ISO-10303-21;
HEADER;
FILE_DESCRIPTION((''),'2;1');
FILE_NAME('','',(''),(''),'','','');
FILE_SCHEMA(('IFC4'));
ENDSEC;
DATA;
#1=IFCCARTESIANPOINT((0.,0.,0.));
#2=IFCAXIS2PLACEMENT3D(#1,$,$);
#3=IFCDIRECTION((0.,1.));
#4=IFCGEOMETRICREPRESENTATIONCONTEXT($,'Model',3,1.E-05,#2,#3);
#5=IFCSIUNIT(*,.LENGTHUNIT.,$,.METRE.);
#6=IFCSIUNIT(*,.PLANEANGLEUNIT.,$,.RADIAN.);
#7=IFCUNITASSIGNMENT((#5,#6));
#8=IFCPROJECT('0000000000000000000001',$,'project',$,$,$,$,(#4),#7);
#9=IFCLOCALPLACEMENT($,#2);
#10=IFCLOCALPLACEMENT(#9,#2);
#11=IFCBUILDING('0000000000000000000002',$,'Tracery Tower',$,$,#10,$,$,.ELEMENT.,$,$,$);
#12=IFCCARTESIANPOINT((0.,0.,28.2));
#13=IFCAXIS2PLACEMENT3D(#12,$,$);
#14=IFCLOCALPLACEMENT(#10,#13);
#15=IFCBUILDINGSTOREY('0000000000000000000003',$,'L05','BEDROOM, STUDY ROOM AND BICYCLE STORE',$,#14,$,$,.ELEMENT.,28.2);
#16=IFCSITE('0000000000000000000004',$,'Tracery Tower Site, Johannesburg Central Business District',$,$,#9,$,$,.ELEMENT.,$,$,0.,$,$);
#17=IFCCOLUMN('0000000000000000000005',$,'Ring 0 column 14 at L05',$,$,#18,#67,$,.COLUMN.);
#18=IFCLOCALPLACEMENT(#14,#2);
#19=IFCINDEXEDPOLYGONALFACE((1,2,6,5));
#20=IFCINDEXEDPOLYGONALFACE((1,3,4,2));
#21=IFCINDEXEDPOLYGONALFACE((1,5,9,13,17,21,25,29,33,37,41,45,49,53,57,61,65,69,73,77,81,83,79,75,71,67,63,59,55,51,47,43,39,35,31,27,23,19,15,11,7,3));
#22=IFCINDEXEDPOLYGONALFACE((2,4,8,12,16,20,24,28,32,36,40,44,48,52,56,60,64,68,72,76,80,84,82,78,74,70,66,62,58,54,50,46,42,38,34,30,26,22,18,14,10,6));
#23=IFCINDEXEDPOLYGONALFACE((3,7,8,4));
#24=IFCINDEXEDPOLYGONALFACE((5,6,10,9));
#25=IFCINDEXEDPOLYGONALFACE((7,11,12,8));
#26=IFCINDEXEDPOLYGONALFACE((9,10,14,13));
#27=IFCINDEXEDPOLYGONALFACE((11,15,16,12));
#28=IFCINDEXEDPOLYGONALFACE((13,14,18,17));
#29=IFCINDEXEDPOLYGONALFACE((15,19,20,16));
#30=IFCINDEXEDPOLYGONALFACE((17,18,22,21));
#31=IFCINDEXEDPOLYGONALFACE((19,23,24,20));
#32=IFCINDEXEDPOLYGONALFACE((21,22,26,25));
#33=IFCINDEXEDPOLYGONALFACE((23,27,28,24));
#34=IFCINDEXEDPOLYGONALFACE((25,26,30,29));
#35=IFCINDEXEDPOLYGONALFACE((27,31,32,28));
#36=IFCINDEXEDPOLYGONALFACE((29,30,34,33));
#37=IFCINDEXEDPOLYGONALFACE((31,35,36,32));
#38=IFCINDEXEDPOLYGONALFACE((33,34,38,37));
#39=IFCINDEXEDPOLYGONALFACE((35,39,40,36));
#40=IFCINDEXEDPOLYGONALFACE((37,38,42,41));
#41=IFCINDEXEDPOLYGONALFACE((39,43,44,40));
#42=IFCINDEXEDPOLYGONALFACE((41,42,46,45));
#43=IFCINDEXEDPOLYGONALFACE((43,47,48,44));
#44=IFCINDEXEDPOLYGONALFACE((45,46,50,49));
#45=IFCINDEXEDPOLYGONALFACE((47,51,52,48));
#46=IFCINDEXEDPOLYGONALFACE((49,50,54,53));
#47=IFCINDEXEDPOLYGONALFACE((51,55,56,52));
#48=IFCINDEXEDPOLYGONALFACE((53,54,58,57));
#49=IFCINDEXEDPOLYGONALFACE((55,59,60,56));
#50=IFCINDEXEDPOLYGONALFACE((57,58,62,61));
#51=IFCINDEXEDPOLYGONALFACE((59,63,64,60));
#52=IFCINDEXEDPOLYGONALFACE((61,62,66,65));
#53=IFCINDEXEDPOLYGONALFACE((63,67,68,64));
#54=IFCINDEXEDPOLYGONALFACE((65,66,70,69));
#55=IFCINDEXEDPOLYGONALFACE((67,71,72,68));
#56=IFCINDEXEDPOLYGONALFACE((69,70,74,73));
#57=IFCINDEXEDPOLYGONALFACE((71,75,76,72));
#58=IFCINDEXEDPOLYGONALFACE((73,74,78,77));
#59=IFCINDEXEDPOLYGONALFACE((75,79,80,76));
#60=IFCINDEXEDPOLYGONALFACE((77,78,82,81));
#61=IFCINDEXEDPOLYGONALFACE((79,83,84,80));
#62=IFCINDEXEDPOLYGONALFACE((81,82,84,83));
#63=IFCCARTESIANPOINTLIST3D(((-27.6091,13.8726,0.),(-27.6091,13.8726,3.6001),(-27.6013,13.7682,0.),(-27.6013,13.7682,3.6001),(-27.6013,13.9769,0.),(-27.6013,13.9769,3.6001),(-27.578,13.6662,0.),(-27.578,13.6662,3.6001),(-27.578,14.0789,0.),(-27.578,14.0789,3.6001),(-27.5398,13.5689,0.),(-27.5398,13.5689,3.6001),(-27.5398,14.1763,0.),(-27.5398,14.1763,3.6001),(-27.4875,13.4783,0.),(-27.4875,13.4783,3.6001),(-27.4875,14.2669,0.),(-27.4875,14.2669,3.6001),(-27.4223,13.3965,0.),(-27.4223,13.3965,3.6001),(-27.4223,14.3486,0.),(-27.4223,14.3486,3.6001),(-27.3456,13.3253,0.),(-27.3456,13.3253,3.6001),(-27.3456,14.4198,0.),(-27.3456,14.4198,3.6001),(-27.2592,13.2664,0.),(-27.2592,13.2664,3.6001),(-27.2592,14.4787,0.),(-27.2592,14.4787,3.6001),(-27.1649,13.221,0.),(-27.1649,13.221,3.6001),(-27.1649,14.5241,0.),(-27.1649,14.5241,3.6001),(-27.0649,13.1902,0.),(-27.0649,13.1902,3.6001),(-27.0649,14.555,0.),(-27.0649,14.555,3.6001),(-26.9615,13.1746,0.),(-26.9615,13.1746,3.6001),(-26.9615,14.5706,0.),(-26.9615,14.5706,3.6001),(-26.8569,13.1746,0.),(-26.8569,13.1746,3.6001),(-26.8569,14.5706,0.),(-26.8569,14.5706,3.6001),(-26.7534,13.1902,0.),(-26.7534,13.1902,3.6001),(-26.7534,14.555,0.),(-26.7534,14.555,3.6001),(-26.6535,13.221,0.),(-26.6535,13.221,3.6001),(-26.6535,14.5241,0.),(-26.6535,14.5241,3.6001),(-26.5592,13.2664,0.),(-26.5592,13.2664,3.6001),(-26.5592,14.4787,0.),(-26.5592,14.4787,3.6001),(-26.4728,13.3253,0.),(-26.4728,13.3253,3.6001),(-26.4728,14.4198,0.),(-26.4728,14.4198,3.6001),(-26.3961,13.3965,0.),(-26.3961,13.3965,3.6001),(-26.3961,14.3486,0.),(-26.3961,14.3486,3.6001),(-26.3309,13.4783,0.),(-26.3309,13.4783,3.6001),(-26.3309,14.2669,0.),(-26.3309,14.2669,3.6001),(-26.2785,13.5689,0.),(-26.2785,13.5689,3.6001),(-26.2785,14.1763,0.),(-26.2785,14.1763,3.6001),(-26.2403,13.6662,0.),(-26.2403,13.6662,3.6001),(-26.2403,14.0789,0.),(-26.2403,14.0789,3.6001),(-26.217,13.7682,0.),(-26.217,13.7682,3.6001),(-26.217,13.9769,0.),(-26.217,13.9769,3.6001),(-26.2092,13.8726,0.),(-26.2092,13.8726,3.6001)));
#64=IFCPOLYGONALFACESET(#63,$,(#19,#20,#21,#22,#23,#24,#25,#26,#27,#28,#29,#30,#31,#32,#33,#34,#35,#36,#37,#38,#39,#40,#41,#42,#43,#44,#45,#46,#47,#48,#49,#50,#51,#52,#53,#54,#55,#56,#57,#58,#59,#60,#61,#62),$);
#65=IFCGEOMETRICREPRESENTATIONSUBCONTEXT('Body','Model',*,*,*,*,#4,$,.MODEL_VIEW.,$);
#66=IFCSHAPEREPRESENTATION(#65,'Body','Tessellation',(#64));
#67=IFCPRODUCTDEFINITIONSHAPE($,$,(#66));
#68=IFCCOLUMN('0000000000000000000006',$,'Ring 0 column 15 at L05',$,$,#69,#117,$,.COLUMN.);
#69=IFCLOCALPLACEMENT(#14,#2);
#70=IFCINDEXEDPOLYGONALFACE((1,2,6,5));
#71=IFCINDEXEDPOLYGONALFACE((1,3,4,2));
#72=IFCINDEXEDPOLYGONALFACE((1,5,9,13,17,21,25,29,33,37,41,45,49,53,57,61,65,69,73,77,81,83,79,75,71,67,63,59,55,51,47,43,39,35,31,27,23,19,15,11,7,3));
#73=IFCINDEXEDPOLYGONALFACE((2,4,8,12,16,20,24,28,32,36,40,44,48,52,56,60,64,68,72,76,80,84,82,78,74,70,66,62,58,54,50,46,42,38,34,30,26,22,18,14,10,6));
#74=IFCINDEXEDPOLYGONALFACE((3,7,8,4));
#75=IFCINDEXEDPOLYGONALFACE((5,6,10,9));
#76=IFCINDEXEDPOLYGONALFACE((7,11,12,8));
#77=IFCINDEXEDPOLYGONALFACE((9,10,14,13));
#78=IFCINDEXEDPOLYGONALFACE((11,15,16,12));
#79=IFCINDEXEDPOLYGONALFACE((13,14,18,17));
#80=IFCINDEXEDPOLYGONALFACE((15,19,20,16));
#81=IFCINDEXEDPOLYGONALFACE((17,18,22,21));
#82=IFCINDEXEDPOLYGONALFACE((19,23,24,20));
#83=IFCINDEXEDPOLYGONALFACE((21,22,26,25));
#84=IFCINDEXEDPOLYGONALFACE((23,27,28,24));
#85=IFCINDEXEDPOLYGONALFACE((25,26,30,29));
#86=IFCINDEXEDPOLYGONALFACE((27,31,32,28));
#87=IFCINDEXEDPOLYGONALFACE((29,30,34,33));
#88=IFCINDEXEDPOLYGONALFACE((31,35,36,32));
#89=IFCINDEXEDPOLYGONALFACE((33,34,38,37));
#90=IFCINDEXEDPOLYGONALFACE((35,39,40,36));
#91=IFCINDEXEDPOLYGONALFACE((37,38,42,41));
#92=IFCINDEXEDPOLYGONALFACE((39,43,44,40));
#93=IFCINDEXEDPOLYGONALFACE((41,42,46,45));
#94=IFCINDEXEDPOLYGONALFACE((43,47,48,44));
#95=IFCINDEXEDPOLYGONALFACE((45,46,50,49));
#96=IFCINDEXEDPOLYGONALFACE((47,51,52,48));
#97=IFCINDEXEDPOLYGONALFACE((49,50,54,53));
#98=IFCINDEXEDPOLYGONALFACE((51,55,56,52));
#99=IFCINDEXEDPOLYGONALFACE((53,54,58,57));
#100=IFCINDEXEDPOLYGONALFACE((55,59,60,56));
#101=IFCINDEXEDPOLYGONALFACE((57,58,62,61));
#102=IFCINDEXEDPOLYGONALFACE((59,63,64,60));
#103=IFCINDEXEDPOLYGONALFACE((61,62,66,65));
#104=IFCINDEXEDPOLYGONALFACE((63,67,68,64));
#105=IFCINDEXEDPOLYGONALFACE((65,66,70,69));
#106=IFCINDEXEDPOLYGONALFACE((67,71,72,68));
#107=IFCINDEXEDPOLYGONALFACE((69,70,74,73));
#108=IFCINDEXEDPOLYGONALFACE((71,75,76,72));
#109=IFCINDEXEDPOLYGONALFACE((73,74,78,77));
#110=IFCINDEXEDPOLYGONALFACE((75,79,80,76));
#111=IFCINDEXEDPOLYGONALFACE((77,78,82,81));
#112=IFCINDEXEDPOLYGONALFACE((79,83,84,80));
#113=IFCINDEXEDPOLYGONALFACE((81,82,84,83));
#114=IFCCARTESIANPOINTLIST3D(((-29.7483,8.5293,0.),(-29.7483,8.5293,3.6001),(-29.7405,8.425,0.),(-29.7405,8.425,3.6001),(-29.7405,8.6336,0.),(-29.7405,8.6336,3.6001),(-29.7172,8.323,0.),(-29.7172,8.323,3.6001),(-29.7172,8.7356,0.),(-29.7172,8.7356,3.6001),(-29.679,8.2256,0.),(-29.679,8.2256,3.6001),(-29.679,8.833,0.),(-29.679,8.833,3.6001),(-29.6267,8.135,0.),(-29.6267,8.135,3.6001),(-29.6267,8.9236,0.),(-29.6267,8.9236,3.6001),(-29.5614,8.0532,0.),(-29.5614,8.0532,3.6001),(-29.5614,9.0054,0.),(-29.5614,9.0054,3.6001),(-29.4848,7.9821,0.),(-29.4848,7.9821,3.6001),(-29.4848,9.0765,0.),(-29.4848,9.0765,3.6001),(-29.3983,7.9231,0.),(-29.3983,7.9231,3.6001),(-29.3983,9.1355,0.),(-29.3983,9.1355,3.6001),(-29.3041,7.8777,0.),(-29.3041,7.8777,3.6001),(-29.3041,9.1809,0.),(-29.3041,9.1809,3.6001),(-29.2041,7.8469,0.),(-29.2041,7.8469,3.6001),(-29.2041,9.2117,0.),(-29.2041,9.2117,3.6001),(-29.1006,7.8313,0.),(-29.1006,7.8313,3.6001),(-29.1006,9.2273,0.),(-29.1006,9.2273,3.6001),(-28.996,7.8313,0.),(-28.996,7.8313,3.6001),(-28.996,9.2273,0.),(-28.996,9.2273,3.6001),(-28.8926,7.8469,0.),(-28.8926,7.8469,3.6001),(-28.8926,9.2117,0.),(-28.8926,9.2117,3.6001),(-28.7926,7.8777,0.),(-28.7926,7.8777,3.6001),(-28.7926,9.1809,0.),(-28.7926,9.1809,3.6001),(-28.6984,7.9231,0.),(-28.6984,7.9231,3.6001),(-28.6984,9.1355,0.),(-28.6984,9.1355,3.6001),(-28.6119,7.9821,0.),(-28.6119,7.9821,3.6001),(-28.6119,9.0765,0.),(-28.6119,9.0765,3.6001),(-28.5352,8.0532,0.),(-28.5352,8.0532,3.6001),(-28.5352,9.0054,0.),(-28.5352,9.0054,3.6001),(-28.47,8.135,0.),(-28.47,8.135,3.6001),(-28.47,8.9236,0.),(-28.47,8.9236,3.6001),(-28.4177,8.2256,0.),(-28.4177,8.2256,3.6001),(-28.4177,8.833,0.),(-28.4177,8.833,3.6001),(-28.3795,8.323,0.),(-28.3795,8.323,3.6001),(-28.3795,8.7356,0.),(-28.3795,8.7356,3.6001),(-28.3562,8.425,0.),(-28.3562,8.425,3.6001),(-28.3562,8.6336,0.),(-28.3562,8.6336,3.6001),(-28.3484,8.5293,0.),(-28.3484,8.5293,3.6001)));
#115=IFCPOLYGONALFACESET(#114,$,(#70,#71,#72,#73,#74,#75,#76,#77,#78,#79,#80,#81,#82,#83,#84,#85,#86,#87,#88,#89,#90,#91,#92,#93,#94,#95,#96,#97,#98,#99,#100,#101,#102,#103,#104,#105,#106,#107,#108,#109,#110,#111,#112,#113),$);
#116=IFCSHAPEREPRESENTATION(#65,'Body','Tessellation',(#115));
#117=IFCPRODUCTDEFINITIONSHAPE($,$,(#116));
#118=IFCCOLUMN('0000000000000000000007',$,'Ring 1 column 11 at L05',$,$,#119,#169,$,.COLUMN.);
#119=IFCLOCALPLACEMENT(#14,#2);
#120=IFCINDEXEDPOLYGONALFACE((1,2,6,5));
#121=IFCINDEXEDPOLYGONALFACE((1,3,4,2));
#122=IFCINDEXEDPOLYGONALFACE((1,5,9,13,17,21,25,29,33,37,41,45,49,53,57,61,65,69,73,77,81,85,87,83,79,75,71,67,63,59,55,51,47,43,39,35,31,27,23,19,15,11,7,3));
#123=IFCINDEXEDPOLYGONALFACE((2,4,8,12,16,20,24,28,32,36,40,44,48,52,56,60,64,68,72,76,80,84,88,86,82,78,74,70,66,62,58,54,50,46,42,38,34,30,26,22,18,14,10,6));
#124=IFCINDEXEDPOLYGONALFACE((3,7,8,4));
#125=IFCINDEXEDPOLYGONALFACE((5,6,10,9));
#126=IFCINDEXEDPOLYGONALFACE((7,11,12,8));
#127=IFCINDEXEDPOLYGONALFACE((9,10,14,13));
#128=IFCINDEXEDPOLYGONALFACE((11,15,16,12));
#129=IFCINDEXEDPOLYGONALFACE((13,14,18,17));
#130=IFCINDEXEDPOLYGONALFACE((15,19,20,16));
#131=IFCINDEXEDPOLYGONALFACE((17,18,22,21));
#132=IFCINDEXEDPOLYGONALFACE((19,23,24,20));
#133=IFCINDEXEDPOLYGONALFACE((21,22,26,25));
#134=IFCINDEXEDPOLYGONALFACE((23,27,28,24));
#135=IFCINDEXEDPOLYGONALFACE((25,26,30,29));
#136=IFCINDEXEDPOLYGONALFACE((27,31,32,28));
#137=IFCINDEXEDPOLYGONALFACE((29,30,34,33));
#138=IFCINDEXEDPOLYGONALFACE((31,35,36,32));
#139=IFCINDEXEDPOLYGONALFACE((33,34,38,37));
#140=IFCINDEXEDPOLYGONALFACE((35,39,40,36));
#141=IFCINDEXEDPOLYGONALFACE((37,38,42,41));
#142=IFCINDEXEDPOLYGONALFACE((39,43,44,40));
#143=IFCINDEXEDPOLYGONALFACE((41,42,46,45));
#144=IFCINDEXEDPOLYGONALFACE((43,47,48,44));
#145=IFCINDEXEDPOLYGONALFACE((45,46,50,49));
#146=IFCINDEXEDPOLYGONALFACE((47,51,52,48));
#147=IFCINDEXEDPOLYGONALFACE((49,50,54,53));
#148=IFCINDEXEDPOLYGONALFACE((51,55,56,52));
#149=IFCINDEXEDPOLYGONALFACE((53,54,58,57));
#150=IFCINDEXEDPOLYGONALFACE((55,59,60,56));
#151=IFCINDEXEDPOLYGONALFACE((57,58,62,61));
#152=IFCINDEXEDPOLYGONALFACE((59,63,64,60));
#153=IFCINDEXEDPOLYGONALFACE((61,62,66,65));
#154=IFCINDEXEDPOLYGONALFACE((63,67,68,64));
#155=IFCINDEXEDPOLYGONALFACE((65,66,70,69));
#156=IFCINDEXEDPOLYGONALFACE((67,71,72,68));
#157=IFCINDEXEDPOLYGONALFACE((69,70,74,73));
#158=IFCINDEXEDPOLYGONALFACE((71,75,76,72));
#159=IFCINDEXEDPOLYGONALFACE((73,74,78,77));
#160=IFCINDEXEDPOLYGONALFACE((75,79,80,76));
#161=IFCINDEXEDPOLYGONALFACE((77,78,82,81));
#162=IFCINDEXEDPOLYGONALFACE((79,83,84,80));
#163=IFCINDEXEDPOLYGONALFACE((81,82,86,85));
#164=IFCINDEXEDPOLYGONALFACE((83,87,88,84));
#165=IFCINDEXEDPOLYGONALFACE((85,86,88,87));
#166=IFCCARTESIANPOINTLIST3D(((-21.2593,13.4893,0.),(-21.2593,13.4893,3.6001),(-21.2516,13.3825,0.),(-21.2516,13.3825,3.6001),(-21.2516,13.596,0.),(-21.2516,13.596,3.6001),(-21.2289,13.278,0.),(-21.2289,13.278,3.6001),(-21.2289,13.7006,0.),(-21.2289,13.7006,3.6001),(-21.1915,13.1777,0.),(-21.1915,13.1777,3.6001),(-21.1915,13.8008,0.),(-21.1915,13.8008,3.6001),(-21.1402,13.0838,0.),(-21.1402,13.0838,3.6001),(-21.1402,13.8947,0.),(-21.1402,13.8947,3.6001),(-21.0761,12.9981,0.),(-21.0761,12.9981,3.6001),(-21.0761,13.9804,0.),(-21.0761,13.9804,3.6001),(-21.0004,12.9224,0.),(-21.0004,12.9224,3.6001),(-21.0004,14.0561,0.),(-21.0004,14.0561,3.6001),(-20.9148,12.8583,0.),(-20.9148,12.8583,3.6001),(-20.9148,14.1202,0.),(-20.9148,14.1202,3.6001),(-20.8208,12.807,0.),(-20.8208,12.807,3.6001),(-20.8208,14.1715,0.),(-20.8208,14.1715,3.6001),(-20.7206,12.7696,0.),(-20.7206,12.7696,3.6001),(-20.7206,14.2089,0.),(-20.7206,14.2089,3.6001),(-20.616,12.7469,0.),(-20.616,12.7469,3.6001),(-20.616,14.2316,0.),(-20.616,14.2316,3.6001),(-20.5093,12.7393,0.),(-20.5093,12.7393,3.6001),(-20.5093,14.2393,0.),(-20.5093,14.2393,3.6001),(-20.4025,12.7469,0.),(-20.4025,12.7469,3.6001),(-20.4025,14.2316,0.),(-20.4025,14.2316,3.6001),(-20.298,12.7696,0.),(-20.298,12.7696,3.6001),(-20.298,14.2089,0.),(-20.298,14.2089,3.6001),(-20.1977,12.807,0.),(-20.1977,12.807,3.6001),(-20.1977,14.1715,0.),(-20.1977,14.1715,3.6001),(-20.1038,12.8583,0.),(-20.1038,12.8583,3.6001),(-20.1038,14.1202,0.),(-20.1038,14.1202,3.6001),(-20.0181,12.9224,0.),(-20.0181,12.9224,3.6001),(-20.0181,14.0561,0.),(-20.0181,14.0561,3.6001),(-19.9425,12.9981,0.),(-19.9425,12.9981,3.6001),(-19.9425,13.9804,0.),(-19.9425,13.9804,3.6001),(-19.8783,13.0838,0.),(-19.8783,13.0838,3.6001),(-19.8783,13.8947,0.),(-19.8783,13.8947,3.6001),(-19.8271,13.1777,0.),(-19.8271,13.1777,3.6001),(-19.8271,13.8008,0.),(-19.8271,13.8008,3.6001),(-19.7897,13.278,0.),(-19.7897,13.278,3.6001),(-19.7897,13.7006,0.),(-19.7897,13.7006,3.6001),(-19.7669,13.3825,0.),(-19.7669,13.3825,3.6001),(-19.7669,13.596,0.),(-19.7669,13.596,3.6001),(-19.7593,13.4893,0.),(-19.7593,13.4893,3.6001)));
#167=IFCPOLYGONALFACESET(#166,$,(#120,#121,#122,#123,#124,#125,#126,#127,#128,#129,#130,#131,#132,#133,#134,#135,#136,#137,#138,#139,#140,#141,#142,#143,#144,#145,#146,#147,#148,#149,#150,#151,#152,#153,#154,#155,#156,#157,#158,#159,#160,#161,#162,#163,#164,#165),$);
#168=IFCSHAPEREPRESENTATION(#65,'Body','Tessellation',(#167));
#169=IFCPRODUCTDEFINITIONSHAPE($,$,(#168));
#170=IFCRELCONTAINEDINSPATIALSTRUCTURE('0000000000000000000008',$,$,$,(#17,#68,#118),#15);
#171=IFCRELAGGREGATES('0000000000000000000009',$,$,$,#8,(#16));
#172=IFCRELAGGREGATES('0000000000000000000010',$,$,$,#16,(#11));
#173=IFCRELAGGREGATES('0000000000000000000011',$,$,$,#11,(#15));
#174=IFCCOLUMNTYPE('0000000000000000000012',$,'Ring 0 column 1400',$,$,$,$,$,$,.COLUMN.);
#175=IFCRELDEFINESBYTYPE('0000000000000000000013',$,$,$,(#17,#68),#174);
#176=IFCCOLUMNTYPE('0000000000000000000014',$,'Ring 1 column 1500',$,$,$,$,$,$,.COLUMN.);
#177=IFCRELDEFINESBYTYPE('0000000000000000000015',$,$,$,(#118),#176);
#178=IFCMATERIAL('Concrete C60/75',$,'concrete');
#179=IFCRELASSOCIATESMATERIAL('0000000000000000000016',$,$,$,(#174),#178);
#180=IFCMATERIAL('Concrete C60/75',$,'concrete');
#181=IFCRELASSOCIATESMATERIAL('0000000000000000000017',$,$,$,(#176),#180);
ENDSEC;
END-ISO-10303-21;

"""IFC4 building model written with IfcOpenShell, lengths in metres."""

from ifc_helpers import new_model, si_unit, direction, frame, origin, origin_2d, place, context, subcontext, project, spatial, circle, extrude, material, material_profile, profile_set, type_object, element, save


model = new_model("IFC4")

# Units and contexts
model_context = context("Model", 3, precision=1e-05, world=origin(), true_north=direction((0.0, 1.0)))
body_context = subcontext(model_context, "Body", "Model", "MODEL_VIEW")
ifc_project = project(units=[si_unit("LENGTHUNIT", "METRE"), si_unit("PLANEANGLEUNIT", "RADIAN")], contexts=[model_context])

# Site, building, storey
site_placement = place(None, origin())
site = spatial("IfcSite", under=ifc_project, at=site_placement, Name="Tracery Tower Site, Johannesburg Central Business District", CompositionType="ELEMENT", RefElevation=0.0)
building_placement = place(site_placement, origin())
building = spatial("IfcBuilding", under=site, at=building_placement, Name="Tracery Tower", CompositionType="ELEMENT")
storey_placement = place(building_placement, frame((0.0, 0.0, 28.2)))
storey = spatial("IfcBuildingStorey", under=building, at=storey_placement, Name="L05", Description="BEDROOM, STUDY ROOM AND BICYCLE STORE", CompositionType="ELEMENT", Elevation=28.2)

# Columns
ifc_material_1 = material(Name="Concrete C60/75", Category="concrete")
ifc_material_profile_1 = material_profile(ifc_material_1, circle(Radius=0.7, at=origin_2d()), Name="RC D1400")
ifc_profile_set_1 = profile_set([ifc_material_profile_1], Name="Concrete C60/75")
column_type_1 = type_object("IfcColumnType", Name="Ring 0 column 1400", PredefinedType="COLUMN", material=ifc_profile_set_1)
for number, where, z_axis, x_axis, name in (
    (1, (-26.9092, 13.8726, 0.0), (0.0, 0.0, 1.0), (1.0, 0.0, 0.0), "Ring 0 column 14 at L05"),
    (2, (-29.0483, 8.5293, 0.0), (0.0, 0.0, 1.0), (1.0, 0.0, 0.0), "Ring 0 column 15 at L05"),
):
    element("IfcColumn", number, at=place(storey_placement, frame(where, z_axis=z_axis, x_axis=x_axis)), inside=storey, type_object=column_type_1, Name=name, PredefinedType="COLUMN", context=body_context, shape_type="SweptSolid", body=[
        extrude(circle(Radius=0.7, at=origin_2d()), origin(), (0.0, 0.0, 1.0), 3.6001),
    ])
ifc_material_2 = material(Name="Concrete C60/75", Category="concrete")
ifc_material_profile_2 = material_profile(ifc_material_2, circle(Radius=0.75, at=origin_2d()), Name="RC D1500")
ifc_profile_set_2 = profile_set([ifc_material_profile_2], Name="Concrete C60/75")
column_type_2 = type_object("IfcColumnType", Name="Ring 1 column 1500", PredefinedType="COLUMN", material=ifc_profile_set_2)
for number, where, z_axis, x_axis, name in (
    (3, (-20.5093, 13.4893, 0.0), (0.0, 0.0, 1.0), (1.0, 0.0, 0.0), "Ring 1 column 11 at L05"),
):
    element("IfcColumn", number, at=place(storey_placement, frame(where, z_axis=z_axis, x_axis=x_axis)), inside=storey, type_object=column_type_2, Name=name, PredefinedType="COLUMN", context=body_context, shape_type="SweptSolid", body=[
        extrude(circle(Radius=0.75, at=origin_2d()), origin(), (0.0, 0.0, 1.0), 3.6001),
    ])

save(model, "model.ifc")
